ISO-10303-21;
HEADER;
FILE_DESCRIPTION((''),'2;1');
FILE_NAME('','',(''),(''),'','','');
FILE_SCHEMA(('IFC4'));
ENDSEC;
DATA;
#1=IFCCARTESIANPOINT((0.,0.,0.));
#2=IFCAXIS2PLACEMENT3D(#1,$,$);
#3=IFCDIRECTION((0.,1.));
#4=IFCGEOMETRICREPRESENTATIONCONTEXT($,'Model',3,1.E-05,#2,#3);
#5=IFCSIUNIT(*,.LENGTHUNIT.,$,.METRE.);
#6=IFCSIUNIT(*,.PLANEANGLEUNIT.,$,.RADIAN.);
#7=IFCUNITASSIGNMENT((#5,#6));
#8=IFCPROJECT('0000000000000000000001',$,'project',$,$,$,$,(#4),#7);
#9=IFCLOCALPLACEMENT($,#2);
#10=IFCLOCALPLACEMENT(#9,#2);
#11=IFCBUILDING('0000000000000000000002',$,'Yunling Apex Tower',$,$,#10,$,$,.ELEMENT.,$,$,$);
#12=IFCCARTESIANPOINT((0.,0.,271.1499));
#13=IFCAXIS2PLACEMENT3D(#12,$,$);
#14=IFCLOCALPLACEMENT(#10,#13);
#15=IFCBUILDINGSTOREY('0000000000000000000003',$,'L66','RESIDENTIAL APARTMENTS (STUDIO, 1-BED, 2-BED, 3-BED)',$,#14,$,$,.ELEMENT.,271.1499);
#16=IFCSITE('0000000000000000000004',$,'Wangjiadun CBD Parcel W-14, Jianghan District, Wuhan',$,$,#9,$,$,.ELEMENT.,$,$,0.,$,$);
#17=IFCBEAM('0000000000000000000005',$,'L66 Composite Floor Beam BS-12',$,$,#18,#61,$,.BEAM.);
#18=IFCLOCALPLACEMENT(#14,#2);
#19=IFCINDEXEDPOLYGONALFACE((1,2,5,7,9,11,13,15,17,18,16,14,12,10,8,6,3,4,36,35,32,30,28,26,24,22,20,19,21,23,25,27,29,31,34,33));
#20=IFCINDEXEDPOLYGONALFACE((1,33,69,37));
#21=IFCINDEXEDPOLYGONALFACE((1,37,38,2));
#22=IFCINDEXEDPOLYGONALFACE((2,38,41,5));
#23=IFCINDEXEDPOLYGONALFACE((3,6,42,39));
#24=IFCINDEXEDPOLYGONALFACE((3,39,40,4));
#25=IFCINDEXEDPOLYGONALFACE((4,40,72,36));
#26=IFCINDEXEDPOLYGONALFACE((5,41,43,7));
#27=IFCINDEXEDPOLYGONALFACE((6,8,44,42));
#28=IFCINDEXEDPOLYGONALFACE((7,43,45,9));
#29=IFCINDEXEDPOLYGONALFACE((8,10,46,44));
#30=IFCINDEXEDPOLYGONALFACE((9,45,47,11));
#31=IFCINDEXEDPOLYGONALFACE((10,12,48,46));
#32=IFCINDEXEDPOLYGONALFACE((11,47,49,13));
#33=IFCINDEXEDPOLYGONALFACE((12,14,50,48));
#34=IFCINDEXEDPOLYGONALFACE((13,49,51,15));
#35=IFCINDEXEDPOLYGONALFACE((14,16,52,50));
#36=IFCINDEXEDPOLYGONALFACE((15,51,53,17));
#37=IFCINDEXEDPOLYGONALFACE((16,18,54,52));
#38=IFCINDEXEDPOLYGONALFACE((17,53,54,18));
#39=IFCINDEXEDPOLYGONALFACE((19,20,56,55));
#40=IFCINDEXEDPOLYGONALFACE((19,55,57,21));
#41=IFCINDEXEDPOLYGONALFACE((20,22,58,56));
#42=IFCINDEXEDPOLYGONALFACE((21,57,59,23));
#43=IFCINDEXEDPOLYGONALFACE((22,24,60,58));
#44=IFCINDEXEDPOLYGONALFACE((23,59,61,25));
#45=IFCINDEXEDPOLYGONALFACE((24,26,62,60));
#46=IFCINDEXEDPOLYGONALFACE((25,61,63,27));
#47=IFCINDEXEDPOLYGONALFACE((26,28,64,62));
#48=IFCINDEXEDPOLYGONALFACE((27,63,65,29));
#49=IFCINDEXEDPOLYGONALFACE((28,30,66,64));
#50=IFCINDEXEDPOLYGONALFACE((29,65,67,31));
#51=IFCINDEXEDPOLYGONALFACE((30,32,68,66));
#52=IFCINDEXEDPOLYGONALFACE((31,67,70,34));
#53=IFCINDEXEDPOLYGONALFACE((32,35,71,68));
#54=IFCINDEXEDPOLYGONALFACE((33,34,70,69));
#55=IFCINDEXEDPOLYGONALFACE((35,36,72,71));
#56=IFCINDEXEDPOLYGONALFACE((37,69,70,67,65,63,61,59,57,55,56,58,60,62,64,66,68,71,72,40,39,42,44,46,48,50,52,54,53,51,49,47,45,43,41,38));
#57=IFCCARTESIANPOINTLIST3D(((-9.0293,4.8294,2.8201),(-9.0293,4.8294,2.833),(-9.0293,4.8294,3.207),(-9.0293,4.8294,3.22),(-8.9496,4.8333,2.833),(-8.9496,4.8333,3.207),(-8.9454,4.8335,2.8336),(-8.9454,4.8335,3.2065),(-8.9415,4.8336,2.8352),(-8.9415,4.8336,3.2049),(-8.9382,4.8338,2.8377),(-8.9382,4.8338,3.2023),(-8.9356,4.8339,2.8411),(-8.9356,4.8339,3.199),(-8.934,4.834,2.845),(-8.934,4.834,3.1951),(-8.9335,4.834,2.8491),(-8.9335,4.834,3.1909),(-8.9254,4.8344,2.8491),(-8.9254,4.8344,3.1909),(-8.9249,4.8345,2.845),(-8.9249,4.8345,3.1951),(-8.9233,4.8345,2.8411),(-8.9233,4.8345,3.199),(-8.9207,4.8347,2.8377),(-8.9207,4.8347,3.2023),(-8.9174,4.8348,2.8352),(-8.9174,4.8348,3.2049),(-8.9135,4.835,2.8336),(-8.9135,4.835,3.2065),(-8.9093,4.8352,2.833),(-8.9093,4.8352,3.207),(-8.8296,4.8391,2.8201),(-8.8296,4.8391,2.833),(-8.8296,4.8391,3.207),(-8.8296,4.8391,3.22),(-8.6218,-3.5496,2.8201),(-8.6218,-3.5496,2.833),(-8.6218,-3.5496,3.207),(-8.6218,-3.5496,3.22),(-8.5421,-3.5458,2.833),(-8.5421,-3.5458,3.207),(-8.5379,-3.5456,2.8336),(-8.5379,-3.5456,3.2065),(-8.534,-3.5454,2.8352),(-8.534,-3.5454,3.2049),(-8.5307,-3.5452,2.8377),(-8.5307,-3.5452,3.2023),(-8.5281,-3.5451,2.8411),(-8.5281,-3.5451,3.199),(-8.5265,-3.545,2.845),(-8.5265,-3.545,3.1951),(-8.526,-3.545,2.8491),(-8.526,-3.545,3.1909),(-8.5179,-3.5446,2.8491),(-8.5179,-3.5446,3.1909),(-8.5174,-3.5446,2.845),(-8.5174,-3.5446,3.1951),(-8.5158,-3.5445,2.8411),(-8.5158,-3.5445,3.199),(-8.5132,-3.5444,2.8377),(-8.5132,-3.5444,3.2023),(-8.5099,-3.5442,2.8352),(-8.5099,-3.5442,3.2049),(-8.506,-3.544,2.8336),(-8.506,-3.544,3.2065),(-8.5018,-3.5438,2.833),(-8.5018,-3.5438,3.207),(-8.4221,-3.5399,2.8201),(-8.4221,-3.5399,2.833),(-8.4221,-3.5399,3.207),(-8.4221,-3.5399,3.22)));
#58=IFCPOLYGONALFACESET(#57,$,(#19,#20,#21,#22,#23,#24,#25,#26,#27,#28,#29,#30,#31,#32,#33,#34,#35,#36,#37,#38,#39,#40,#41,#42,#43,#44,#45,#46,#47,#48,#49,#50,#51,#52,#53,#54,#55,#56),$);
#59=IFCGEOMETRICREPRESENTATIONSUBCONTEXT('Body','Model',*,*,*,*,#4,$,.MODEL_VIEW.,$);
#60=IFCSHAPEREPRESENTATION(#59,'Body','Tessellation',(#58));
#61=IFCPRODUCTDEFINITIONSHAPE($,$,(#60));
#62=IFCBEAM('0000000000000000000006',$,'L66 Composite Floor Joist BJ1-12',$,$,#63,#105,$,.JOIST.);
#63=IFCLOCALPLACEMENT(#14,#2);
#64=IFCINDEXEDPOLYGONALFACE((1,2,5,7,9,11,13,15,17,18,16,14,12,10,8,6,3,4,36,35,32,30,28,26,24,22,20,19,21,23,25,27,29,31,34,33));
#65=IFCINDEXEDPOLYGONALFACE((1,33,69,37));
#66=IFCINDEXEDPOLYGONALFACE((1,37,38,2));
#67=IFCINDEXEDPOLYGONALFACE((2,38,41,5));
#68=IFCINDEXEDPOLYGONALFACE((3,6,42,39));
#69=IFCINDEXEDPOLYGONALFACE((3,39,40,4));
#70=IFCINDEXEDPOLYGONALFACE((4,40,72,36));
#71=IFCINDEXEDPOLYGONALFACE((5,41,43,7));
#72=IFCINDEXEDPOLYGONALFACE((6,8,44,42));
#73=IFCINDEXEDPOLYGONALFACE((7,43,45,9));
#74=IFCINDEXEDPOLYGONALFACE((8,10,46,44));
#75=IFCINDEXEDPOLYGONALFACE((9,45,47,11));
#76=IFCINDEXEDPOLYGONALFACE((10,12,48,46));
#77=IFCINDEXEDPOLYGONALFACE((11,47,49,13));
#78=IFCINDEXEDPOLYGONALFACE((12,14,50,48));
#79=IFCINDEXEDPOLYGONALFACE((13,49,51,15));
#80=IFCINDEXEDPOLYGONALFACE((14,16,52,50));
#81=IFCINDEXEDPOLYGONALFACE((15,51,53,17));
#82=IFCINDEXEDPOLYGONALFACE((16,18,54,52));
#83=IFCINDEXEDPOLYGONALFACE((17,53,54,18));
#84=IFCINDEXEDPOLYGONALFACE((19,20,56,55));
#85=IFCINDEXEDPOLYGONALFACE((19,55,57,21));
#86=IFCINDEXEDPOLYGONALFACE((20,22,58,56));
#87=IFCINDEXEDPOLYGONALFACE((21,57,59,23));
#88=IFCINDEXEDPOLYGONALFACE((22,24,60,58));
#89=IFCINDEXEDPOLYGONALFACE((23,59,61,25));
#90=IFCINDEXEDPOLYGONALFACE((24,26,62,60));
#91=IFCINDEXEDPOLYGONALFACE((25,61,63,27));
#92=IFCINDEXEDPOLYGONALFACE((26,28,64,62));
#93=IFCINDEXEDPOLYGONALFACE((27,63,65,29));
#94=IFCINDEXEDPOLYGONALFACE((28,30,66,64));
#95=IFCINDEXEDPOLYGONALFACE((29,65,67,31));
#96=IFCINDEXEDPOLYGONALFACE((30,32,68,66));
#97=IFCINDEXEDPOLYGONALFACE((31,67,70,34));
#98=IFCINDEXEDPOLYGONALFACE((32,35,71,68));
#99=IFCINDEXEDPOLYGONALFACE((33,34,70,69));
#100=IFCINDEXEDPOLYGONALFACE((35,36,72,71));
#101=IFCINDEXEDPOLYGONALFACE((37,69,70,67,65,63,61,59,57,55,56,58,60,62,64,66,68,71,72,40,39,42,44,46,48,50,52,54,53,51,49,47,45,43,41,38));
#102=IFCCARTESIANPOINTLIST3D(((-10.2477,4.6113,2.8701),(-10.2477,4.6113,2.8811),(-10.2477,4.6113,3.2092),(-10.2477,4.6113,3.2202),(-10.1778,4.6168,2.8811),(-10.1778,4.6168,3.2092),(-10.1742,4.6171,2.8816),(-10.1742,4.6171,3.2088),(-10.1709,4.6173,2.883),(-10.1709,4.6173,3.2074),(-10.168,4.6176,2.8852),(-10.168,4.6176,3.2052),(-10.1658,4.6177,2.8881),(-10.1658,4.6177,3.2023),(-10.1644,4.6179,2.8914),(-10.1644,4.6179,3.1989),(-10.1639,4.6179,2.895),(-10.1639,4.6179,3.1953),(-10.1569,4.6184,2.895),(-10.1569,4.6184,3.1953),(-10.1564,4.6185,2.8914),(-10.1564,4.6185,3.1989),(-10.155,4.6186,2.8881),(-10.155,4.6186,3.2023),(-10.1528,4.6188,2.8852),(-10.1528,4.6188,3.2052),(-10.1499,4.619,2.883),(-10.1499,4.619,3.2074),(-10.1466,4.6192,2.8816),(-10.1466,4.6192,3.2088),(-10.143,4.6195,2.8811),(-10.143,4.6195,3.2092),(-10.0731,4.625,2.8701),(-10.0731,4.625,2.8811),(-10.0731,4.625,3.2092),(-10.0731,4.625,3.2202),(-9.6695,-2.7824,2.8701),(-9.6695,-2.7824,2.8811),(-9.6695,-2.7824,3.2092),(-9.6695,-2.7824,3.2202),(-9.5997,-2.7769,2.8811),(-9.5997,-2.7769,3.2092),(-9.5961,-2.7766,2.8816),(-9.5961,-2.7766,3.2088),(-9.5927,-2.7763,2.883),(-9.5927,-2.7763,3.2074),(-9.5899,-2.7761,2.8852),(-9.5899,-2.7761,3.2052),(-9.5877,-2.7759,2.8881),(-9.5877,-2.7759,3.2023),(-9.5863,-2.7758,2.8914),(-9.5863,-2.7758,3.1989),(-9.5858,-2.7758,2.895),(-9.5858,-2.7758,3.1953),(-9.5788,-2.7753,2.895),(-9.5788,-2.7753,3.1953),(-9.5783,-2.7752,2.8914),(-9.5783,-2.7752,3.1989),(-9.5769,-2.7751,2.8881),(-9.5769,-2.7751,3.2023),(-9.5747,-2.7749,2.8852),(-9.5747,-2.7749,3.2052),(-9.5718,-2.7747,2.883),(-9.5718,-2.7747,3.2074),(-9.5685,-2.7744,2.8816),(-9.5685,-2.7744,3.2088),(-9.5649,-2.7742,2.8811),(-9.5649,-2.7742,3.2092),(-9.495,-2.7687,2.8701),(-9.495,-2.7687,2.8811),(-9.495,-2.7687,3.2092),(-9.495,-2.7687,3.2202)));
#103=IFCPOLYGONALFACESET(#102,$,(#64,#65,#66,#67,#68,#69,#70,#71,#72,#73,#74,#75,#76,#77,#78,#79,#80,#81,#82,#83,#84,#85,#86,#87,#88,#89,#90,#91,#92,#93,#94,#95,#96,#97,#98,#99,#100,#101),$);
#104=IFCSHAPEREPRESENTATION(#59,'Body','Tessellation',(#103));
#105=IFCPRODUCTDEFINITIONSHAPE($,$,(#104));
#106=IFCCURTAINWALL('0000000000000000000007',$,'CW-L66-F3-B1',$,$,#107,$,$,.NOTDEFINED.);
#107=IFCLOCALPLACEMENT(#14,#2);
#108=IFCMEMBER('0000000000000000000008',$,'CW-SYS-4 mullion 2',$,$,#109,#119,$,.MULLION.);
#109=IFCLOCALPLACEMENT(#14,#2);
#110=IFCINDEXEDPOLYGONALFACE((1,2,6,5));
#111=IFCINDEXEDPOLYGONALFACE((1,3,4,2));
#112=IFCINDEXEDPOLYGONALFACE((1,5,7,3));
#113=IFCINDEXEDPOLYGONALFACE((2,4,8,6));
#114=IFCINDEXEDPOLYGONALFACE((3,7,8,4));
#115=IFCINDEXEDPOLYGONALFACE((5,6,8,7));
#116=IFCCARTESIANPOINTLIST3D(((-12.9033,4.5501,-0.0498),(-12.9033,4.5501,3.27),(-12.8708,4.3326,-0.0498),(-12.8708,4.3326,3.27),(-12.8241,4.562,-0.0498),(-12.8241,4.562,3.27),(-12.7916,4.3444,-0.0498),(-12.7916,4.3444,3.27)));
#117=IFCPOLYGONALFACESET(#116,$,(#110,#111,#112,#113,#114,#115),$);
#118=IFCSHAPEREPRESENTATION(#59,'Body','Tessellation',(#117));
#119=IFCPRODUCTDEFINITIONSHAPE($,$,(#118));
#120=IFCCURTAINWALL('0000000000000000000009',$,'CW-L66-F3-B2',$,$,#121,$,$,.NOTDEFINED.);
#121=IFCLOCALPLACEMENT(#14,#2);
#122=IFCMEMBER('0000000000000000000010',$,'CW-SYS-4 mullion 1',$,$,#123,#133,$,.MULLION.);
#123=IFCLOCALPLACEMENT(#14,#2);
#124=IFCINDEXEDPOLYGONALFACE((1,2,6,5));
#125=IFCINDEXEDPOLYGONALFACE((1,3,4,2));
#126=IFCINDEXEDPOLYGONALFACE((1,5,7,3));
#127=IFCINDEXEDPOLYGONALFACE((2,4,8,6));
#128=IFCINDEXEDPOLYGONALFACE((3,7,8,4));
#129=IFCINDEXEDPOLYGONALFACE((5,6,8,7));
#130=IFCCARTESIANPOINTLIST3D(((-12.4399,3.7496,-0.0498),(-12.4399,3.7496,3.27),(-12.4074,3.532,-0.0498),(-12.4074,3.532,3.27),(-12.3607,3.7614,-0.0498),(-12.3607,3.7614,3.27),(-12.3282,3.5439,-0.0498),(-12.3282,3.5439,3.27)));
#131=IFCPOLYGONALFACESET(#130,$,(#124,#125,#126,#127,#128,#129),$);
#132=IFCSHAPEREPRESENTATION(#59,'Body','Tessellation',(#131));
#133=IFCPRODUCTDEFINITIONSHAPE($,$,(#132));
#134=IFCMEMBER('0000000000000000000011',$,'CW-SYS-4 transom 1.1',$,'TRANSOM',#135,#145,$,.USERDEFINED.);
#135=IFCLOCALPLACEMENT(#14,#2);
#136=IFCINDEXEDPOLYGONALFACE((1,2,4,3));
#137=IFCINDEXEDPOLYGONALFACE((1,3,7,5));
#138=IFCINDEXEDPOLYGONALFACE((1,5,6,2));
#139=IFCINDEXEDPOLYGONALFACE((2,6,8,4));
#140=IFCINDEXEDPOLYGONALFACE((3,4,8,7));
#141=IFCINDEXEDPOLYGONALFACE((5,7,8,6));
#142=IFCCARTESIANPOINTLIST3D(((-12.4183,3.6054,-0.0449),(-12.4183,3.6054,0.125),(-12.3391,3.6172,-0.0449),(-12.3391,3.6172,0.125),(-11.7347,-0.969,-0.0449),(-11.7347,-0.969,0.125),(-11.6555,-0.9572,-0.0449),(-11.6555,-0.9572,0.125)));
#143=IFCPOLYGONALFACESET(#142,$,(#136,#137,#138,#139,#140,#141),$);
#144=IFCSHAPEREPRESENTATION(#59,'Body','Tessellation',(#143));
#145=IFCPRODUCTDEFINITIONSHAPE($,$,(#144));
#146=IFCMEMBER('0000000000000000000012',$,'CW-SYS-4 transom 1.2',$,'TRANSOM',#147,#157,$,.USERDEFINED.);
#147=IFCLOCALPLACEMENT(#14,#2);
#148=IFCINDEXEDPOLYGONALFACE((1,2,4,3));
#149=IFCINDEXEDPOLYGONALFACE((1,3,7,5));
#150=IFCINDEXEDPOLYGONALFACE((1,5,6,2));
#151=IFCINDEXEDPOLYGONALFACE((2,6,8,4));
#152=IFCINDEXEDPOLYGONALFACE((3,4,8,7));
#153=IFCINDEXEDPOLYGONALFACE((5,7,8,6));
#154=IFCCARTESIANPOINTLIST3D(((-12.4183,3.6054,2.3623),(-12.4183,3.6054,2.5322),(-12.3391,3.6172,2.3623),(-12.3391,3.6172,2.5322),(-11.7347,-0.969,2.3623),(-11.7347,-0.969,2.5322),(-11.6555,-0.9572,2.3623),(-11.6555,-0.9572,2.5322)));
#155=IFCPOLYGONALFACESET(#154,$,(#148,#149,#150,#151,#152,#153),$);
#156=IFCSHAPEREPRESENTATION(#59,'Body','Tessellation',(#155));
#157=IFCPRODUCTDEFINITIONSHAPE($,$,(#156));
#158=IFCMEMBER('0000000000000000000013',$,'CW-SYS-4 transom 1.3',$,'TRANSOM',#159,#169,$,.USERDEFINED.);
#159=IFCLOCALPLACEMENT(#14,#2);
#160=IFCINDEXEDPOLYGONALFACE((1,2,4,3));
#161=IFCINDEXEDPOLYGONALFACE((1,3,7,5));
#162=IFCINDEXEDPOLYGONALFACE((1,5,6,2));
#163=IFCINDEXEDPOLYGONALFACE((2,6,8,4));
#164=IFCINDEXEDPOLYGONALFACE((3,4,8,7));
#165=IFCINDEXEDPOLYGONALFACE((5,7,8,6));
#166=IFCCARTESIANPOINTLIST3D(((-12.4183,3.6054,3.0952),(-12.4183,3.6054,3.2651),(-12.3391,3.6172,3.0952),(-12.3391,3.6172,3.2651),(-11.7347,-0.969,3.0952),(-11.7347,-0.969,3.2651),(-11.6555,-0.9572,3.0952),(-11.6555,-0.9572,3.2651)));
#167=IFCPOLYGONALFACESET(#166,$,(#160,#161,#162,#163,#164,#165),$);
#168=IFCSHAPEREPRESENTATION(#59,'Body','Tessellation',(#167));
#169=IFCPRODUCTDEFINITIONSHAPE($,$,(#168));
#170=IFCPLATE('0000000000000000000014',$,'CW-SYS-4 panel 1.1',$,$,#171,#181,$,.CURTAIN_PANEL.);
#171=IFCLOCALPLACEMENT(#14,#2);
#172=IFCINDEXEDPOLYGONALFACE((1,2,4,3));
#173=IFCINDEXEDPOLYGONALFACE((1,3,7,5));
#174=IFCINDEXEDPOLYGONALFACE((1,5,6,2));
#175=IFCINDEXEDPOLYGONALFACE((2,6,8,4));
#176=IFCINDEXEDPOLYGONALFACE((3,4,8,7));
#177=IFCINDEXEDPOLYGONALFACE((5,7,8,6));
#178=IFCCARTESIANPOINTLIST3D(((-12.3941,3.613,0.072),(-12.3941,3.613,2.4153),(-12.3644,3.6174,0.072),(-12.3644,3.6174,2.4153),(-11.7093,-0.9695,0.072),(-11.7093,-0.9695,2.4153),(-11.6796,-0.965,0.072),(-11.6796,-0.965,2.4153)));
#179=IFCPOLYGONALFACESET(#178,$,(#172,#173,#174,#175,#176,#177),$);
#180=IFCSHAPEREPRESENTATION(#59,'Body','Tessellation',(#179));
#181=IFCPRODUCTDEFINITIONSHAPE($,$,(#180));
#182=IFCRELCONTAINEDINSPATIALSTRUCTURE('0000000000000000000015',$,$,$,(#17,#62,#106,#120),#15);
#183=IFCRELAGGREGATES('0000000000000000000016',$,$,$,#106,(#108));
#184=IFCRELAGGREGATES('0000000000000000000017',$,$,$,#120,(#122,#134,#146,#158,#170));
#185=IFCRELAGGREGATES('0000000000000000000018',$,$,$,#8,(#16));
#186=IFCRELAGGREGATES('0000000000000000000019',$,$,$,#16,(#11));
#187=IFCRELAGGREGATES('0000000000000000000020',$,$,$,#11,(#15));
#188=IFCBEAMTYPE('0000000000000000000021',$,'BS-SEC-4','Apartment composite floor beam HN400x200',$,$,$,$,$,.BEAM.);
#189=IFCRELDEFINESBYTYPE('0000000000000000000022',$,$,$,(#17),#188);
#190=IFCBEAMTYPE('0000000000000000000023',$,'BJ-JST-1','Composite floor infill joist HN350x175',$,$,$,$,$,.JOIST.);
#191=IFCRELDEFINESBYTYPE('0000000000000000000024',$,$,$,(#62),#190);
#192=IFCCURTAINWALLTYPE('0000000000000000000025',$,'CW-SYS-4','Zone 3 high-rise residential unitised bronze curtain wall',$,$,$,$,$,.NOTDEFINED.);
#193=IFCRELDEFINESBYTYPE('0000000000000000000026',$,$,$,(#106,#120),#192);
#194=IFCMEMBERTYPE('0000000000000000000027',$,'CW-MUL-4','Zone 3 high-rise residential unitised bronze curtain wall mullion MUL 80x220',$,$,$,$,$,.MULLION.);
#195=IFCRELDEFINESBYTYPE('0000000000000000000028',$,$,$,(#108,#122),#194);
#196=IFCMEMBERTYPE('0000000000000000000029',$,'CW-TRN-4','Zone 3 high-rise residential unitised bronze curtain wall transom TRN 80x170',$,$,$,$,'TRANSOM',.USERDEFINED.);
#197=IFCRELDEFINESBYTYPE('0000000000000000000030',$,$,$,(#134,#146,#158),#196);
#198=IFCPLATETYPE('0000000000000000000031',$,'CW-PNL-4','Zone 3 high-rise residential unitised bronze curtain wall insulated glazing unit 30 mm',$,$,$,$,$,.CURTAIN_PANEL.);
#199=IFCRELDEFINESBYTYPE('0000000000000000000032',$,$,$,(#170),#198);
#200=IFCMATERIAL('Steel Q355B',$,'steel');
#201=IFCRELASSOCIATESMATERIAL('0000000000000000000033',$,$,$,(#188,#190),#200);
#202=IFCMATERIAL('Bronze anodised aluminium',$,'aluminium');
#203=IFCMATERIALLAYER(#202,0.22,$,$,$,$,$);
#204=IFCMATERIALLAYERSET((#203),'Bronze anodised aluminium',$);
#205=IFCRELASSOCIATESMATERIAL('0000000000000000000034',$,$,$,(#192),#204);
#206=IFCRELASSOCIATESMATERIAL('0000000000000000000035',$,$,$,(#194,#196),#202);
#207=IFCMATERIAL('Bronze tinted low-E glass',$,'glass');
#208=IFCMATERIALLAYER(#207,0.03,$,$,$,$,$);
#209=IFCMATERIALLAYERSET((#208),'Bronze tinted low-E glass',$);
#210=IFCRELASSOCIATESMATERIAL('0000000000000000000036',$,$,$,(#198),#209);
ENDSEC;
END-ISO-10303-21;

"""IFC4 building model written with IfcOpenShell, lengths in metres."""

from ifc_helpers import new_model, si_unit, direction, frame, origin, origin_2d, place, context, subcontext, project, spatial, rectangle, i_section, extrude, source, transform, mapped, material, layer, layer_set, material_profile, profile_set, type_object, element, aggregate, save


model = new_model("IFC4")

# Units and contexts
model_context = context("Model", 3, precision=1e-05, world=origin(), true_north=direction((0.0, 1.0)))
body_context = subcontext(model_context, "Body", "Model", "MODEL_VIEW")
ifc_project = project(units=[si_unit("LENGTHUNIT", "METRE"), si_unit("PLANEANGLEUNIT", "RADIAN")], contexts=[model_context])

# Site, building, storey
site_placement = place(None, origin())
site = spatial("IfcSite", under=ifc_project, at=site_placement, Name="Wangjiadun CBD Parcel W-14, Jianghan District, Wuhan", CompositionType="ELEMENT", RefElevation=0.0)
building_placement = place(site_placement, origin())
building = spatial("IfcBuilding", under=site, at=building_placement, Name="Yunling Apex Tower", CompositionType="ELEMENT")
storey_placement = place(building_placement, frame((0.0, 0.0, 271.1499)))
storey = spatial("IfcBuildingStorey", under=building, at=storey_placement, Name="L66", Description="RESIDENTIAL APARTMENTS (STUDIO, 1-BED, 2-BED, 3-BED)", CompositionType="ELEMENT", Elevation=271.1499)

# Shared definitions
ifc_material_1 = material(Name="Steel Q355B", Category="steel")

# Beams
ifc_material_profile_1 = material_profile(ifc_material_1, i_section(OverallWidth=0.2, OverallDepth=0.3999, WebThickness=0.0081, FlangeThickness=0.0129, FilletRadius=0.0161, at=origin_2d()))
ifc_profile_set_1 = profile_set([ifc_material_profile_1], Name="Steel Q355B")
beam_type_1 = type_object("IfcBeamType", Name="BS-SEC-4", Description="Apartment composite floor beam HN400x200", PredefinedType="BEAM", material=ifc_profile_set_1)
shared_shape_1 = source(origin(), body_context, "Body", "SweptSolid", [
    extrude(i_section(OverallWidth=0.2, OverallDepth=0.3999, WebThickness=0.0081, FlangeThickness=0.0129, FilletRadius=0.0161, at=origin_2d()), origin(), (0.0, 0.0, 1.0), 8.3889),
])
beam_1_placement = place(storey_placement, frame((-8.9294, 4.8342, 3.02), z_axis=(0.048573, -0.99882, 0.0), x_axis=(0.99882, 0.048573, 0.0)))
element("IfcBeam", 1, at=beam_1_placement, inside=storey, type_object=beam_type_1, Name="L66 Composite Floor Beam BS-12", PredefinedType="BEAM", context=body_context, shape_type="MappedRepresentation", body=[
    mapped(shared_shape_1, transform((0.0, 0.0, 0.0), scale=1.0)),
])
ifc_material_profile_2 = material_profile(ifc_material_1, i_section(OverallWidth=0.175, OverallDepth=0.3501, WebThickness=0.0071, FlangeThickness=0.011, FilletRadius=0.0139, at=origin_2d()))
ifc_profile_set_2 = profile_set([ifc_material_profile_2], Name="Steel Q355B")
beam_type_2 = type_object("IfcBeamType", Name="BJ-JST-1", Description="Composite floor infill joist HN350x175", PredefinedType="JOIST", material=ifc_profile_set_2)
shared_shape_2 = source(origin(), body_context, "Body", "SweptSolid", [
    extrude(i_section(OverallWidth=0.175, OverallDepth=0.3501, WebThickness=0.0071, FlangeThickness=0.011, FilletRadius=0.0139, at=origin_2d()), origin(), (0.0, 0.0, 1.0), 7.4163),
])
beam_2_placement = place(storey_placement, frame((-10.1604, 4.6182, 3.0452), z_axis=(0.077953, -0.996957, 0.0), x_axis=(0.996957, 0.077953, 0.0)))
element("IfcBeam", 2, at=beam_2_placement, inside=storey, type_object=beam_type_2, Name="L66 Composite Floor Joist BJ1-12", PredefinedType="JOIST", context=body_context, shape_type="MappedRepresentation", body=[
    mapped(shared_shape_2, transform((0.0, 0.0, 0.0), scale=1.0)),
])

# Curtain wall, member
ifc_material_2 = material(Name="Bronze anodised aluminium", Category="aluminium")
ifc_layer_1 = layer(ifc_material_2, 0.22)
ifc_layer_set_1 = layer_set([ifc_layer_1], Name="Bronze anodised aluminium")
curtain_wall_type = type_object("IfcCurtainWallType", Name="CW-SYS-4", Description="Zone 3 high-rise residential unitised bronze curtain wall", PredefinedType="NOTDEFINED", material=ifc_layer_set_1)
curtain_wall_1_placement = place(storey_placement, origin())
curtain_wall_1 = element("IfcCurtainWall", 3, at=curtain_wall_1_placement, inside=storey, type_object=curtain_wall_type, Name="CW-L66-F3-B1", PredefinedType="NOTDEFINED")
ifc_material_profile_3 = material_profile(ifc_material_2, rectangle(XDim=0.0801, YDim=0.22, at=origin_2d()))
ifc_profile_set_3 = profile_set([ifc_material_profile_3], Name="Bronze anodised aluminium")
member_type_1 = type_object("IfcMemberType", Name="CW-MUL-4", Description="Zone 3 high-rise residential unitised bronze curtain wall mullion MUL 80x220", PredefinedType="MULLION", material=ifc_profile_set_3)
shared_shape_3 = source(origin(), body_context, "Body", "SweptSolid", [
    extrude(rectangle(XDim=0.0801, YDim=0.22, at=origin_2d()), origin(), (0.0, 0.0, 1.0), 3.3198),
])
member_1_placement = place(storey_placement, frame((-12.8474, 4.4473, -0.0498), z_axis=(0.0, 0.0, 1.0), x_axis=(0.989016, 0.147807, 0.0)))
member_1 = element("IfcMember", 4, at=member_1_placement, type_object=member_type_1, Name="CW-SYS-4 mullion 2", PredefinedType="MULLION", context=body_context, shape_type="MappedRepresentation", body=[
    mapped(shared_shape_3, transform((0.0, 0.0, 0.0), scale=1.0)),
])
aggregate(curtain_wall_1, [member_1])

# Curtain wall, members, plate
curtain_wall_2_placement = place(storey_placement, origin())
curtain_wall_2 = element("IfcCurtainWall", 5, at=curtain_wall_2_placement, inside=storey, type_object=curtain_wall_type, Name="CW-L66-F3-B2", PredefinedType="NOTDEFINED")
member_2_placement = place(storey_placement, frame((-12.384, 3.6467, -0.0498), z_axis=(0.0, 0.0, 1.0), x_axis=(0.989017, 0.147804, 0.0)))
member_2 = element("IfcMember", 6, at=member_2_placement, type_object=member_type_1, Name="CW-SYS-4 mullion 1", PredefinedType="MULLION", context=body_context, shape_type="MappedRepresentation", body=[
    mapped(shared_shape_3, transform((0.0, 0.0, 0.0), scale=1.0)),
])
ifc_material_profile_4 = material_profile(ifc_material_2, rectangle(XDim=0.0801, YDim=0.1699, at=origin_2d()))
ifc_profile_set_4 = profile_set([ifc_material_profile_4], Name="Bronze anodised aluminium")
member_type_2 = type_object("IfcMemberType", Name="CW-TRN-4", Description="Zone 3 high-rise residential unitised bronze curtain wall transom TRN 80x170", ElementType="TRANSOM", PredefinedType="USERDEFINED", material=ifc_profile_set_4)
shared_shape_4 = source(origin(), body_context, "Body", "SweptSolid", [
    extrude(rectangle(XDim=0.0801, YDim=0.1699, at=origin_2d()), origin(), (0.0, 0.0, 1.0), 4.6252),
])
member_3_placement = place(storey_placement, frame((-12.3787, 3.6113, 0.04), z_axis=(0.147796, -0.989018, 0.0), x_axis=(0.989018, 0.147796, 0.0)))
member_3 = element("IfcMember", 7, at=member_3_placement, type_object=member_type_2, Name="CW-SYS-4 transom 1.1", ObjectType="TRANSOM", PredefinedType="USERDEFINED", context=body_context, shape_type="MappedRepresentation", body=[
    mapped(shared_shape_4, transform((0.0, 0.0, 0.0), scale=1.0)),
])
member_4_placement = place(storey_placement, frame((-12.3787, 3.6113, 2.4473), z_axis=(0.147796, -0.989018, 0.0), x_axis=(0.989018, 0.147796, 0.0)))
member_4 = element("IfcMember", 8, at=member_4_placement, type_object=member_type_2, Name="CW-SYS-4 transom 1.2", ObjectType="TRANSOM", PredefinedType="USERDEFINED", context=body_context, shape_type="MappedRepresentation", body=[
    mapped(shared_shape_4, transform((0.0, 0.0, 0.0), scale=1.0)),
])
member_5_placement = place(storey_placement, frame((-12.3787, 3.6113, 3.1802), z_axis=(0.147796, -0.989018, 0.0), x_axis=(0.989018, 0.147796, 0.0)))
member_5 = element("IfcMember", 9, at=member_5_placement, type_object=member_type_2, Name="CW-SYS-4 transom 1.3", ObjectType="TRANSOM", PredefinedType="USERDEFINED", context=body_context, shape_type="MappedRepresentation", body=[
    mapped(shared_shape_4, transform((0.0, 0.0, 0.0), scale=1.0)),
])
ifc_material_3 = material(Name="Bronze tinted low-E glass", Category="glass")
ifc_layer_2 = layer(ifc_material_3, 0.03)
ifc_layer_set_2 = layer_set([ifc_layer_2], Name="Bronze tinted low-E glass")
plate_type = type_object("IfcPlateType", Name="CW-PNL-4", Description="Zone 3 high-rise residential unitised bronze curtain wall insulated glazing unit 30 mm", PredefinedType="CURTAIN_PANEL", material=ifc_layer_set_2)
shared_shape_5 = source(origin(), body_context, "Body", "SweptSolid", [
    extrude(rectangle(XDim=4.6333, YDim=0.03, at=origin_2d()), origin(), (0.0, 0.0, 1.0), 2.3433),
])
plate_1_placement = place(storey_placement, frame((-12.0369, 1.324, 0.072), z_axis=(0.0, 0.0, 1.0), x_axis=(0.147804, -0.989017, 0.0)))
plate_1 = element("IfcPlate", 10, at=plate_1_placement, type_object=plate_type, Name="CW-SYS-4 panel 1.1", PredefinedType="CURTAIN_PANEL", context=body_context, shape_type="MappedRepresentation", body=[
    mapped(shared_shape_5, transform((0.0, 0.0, 0.0), scale=1.0)),
])
aggregate(curtain_wall_2, [member_2, member_3, member_4, member_5, plate_1])

save(model, "model.ifc")
